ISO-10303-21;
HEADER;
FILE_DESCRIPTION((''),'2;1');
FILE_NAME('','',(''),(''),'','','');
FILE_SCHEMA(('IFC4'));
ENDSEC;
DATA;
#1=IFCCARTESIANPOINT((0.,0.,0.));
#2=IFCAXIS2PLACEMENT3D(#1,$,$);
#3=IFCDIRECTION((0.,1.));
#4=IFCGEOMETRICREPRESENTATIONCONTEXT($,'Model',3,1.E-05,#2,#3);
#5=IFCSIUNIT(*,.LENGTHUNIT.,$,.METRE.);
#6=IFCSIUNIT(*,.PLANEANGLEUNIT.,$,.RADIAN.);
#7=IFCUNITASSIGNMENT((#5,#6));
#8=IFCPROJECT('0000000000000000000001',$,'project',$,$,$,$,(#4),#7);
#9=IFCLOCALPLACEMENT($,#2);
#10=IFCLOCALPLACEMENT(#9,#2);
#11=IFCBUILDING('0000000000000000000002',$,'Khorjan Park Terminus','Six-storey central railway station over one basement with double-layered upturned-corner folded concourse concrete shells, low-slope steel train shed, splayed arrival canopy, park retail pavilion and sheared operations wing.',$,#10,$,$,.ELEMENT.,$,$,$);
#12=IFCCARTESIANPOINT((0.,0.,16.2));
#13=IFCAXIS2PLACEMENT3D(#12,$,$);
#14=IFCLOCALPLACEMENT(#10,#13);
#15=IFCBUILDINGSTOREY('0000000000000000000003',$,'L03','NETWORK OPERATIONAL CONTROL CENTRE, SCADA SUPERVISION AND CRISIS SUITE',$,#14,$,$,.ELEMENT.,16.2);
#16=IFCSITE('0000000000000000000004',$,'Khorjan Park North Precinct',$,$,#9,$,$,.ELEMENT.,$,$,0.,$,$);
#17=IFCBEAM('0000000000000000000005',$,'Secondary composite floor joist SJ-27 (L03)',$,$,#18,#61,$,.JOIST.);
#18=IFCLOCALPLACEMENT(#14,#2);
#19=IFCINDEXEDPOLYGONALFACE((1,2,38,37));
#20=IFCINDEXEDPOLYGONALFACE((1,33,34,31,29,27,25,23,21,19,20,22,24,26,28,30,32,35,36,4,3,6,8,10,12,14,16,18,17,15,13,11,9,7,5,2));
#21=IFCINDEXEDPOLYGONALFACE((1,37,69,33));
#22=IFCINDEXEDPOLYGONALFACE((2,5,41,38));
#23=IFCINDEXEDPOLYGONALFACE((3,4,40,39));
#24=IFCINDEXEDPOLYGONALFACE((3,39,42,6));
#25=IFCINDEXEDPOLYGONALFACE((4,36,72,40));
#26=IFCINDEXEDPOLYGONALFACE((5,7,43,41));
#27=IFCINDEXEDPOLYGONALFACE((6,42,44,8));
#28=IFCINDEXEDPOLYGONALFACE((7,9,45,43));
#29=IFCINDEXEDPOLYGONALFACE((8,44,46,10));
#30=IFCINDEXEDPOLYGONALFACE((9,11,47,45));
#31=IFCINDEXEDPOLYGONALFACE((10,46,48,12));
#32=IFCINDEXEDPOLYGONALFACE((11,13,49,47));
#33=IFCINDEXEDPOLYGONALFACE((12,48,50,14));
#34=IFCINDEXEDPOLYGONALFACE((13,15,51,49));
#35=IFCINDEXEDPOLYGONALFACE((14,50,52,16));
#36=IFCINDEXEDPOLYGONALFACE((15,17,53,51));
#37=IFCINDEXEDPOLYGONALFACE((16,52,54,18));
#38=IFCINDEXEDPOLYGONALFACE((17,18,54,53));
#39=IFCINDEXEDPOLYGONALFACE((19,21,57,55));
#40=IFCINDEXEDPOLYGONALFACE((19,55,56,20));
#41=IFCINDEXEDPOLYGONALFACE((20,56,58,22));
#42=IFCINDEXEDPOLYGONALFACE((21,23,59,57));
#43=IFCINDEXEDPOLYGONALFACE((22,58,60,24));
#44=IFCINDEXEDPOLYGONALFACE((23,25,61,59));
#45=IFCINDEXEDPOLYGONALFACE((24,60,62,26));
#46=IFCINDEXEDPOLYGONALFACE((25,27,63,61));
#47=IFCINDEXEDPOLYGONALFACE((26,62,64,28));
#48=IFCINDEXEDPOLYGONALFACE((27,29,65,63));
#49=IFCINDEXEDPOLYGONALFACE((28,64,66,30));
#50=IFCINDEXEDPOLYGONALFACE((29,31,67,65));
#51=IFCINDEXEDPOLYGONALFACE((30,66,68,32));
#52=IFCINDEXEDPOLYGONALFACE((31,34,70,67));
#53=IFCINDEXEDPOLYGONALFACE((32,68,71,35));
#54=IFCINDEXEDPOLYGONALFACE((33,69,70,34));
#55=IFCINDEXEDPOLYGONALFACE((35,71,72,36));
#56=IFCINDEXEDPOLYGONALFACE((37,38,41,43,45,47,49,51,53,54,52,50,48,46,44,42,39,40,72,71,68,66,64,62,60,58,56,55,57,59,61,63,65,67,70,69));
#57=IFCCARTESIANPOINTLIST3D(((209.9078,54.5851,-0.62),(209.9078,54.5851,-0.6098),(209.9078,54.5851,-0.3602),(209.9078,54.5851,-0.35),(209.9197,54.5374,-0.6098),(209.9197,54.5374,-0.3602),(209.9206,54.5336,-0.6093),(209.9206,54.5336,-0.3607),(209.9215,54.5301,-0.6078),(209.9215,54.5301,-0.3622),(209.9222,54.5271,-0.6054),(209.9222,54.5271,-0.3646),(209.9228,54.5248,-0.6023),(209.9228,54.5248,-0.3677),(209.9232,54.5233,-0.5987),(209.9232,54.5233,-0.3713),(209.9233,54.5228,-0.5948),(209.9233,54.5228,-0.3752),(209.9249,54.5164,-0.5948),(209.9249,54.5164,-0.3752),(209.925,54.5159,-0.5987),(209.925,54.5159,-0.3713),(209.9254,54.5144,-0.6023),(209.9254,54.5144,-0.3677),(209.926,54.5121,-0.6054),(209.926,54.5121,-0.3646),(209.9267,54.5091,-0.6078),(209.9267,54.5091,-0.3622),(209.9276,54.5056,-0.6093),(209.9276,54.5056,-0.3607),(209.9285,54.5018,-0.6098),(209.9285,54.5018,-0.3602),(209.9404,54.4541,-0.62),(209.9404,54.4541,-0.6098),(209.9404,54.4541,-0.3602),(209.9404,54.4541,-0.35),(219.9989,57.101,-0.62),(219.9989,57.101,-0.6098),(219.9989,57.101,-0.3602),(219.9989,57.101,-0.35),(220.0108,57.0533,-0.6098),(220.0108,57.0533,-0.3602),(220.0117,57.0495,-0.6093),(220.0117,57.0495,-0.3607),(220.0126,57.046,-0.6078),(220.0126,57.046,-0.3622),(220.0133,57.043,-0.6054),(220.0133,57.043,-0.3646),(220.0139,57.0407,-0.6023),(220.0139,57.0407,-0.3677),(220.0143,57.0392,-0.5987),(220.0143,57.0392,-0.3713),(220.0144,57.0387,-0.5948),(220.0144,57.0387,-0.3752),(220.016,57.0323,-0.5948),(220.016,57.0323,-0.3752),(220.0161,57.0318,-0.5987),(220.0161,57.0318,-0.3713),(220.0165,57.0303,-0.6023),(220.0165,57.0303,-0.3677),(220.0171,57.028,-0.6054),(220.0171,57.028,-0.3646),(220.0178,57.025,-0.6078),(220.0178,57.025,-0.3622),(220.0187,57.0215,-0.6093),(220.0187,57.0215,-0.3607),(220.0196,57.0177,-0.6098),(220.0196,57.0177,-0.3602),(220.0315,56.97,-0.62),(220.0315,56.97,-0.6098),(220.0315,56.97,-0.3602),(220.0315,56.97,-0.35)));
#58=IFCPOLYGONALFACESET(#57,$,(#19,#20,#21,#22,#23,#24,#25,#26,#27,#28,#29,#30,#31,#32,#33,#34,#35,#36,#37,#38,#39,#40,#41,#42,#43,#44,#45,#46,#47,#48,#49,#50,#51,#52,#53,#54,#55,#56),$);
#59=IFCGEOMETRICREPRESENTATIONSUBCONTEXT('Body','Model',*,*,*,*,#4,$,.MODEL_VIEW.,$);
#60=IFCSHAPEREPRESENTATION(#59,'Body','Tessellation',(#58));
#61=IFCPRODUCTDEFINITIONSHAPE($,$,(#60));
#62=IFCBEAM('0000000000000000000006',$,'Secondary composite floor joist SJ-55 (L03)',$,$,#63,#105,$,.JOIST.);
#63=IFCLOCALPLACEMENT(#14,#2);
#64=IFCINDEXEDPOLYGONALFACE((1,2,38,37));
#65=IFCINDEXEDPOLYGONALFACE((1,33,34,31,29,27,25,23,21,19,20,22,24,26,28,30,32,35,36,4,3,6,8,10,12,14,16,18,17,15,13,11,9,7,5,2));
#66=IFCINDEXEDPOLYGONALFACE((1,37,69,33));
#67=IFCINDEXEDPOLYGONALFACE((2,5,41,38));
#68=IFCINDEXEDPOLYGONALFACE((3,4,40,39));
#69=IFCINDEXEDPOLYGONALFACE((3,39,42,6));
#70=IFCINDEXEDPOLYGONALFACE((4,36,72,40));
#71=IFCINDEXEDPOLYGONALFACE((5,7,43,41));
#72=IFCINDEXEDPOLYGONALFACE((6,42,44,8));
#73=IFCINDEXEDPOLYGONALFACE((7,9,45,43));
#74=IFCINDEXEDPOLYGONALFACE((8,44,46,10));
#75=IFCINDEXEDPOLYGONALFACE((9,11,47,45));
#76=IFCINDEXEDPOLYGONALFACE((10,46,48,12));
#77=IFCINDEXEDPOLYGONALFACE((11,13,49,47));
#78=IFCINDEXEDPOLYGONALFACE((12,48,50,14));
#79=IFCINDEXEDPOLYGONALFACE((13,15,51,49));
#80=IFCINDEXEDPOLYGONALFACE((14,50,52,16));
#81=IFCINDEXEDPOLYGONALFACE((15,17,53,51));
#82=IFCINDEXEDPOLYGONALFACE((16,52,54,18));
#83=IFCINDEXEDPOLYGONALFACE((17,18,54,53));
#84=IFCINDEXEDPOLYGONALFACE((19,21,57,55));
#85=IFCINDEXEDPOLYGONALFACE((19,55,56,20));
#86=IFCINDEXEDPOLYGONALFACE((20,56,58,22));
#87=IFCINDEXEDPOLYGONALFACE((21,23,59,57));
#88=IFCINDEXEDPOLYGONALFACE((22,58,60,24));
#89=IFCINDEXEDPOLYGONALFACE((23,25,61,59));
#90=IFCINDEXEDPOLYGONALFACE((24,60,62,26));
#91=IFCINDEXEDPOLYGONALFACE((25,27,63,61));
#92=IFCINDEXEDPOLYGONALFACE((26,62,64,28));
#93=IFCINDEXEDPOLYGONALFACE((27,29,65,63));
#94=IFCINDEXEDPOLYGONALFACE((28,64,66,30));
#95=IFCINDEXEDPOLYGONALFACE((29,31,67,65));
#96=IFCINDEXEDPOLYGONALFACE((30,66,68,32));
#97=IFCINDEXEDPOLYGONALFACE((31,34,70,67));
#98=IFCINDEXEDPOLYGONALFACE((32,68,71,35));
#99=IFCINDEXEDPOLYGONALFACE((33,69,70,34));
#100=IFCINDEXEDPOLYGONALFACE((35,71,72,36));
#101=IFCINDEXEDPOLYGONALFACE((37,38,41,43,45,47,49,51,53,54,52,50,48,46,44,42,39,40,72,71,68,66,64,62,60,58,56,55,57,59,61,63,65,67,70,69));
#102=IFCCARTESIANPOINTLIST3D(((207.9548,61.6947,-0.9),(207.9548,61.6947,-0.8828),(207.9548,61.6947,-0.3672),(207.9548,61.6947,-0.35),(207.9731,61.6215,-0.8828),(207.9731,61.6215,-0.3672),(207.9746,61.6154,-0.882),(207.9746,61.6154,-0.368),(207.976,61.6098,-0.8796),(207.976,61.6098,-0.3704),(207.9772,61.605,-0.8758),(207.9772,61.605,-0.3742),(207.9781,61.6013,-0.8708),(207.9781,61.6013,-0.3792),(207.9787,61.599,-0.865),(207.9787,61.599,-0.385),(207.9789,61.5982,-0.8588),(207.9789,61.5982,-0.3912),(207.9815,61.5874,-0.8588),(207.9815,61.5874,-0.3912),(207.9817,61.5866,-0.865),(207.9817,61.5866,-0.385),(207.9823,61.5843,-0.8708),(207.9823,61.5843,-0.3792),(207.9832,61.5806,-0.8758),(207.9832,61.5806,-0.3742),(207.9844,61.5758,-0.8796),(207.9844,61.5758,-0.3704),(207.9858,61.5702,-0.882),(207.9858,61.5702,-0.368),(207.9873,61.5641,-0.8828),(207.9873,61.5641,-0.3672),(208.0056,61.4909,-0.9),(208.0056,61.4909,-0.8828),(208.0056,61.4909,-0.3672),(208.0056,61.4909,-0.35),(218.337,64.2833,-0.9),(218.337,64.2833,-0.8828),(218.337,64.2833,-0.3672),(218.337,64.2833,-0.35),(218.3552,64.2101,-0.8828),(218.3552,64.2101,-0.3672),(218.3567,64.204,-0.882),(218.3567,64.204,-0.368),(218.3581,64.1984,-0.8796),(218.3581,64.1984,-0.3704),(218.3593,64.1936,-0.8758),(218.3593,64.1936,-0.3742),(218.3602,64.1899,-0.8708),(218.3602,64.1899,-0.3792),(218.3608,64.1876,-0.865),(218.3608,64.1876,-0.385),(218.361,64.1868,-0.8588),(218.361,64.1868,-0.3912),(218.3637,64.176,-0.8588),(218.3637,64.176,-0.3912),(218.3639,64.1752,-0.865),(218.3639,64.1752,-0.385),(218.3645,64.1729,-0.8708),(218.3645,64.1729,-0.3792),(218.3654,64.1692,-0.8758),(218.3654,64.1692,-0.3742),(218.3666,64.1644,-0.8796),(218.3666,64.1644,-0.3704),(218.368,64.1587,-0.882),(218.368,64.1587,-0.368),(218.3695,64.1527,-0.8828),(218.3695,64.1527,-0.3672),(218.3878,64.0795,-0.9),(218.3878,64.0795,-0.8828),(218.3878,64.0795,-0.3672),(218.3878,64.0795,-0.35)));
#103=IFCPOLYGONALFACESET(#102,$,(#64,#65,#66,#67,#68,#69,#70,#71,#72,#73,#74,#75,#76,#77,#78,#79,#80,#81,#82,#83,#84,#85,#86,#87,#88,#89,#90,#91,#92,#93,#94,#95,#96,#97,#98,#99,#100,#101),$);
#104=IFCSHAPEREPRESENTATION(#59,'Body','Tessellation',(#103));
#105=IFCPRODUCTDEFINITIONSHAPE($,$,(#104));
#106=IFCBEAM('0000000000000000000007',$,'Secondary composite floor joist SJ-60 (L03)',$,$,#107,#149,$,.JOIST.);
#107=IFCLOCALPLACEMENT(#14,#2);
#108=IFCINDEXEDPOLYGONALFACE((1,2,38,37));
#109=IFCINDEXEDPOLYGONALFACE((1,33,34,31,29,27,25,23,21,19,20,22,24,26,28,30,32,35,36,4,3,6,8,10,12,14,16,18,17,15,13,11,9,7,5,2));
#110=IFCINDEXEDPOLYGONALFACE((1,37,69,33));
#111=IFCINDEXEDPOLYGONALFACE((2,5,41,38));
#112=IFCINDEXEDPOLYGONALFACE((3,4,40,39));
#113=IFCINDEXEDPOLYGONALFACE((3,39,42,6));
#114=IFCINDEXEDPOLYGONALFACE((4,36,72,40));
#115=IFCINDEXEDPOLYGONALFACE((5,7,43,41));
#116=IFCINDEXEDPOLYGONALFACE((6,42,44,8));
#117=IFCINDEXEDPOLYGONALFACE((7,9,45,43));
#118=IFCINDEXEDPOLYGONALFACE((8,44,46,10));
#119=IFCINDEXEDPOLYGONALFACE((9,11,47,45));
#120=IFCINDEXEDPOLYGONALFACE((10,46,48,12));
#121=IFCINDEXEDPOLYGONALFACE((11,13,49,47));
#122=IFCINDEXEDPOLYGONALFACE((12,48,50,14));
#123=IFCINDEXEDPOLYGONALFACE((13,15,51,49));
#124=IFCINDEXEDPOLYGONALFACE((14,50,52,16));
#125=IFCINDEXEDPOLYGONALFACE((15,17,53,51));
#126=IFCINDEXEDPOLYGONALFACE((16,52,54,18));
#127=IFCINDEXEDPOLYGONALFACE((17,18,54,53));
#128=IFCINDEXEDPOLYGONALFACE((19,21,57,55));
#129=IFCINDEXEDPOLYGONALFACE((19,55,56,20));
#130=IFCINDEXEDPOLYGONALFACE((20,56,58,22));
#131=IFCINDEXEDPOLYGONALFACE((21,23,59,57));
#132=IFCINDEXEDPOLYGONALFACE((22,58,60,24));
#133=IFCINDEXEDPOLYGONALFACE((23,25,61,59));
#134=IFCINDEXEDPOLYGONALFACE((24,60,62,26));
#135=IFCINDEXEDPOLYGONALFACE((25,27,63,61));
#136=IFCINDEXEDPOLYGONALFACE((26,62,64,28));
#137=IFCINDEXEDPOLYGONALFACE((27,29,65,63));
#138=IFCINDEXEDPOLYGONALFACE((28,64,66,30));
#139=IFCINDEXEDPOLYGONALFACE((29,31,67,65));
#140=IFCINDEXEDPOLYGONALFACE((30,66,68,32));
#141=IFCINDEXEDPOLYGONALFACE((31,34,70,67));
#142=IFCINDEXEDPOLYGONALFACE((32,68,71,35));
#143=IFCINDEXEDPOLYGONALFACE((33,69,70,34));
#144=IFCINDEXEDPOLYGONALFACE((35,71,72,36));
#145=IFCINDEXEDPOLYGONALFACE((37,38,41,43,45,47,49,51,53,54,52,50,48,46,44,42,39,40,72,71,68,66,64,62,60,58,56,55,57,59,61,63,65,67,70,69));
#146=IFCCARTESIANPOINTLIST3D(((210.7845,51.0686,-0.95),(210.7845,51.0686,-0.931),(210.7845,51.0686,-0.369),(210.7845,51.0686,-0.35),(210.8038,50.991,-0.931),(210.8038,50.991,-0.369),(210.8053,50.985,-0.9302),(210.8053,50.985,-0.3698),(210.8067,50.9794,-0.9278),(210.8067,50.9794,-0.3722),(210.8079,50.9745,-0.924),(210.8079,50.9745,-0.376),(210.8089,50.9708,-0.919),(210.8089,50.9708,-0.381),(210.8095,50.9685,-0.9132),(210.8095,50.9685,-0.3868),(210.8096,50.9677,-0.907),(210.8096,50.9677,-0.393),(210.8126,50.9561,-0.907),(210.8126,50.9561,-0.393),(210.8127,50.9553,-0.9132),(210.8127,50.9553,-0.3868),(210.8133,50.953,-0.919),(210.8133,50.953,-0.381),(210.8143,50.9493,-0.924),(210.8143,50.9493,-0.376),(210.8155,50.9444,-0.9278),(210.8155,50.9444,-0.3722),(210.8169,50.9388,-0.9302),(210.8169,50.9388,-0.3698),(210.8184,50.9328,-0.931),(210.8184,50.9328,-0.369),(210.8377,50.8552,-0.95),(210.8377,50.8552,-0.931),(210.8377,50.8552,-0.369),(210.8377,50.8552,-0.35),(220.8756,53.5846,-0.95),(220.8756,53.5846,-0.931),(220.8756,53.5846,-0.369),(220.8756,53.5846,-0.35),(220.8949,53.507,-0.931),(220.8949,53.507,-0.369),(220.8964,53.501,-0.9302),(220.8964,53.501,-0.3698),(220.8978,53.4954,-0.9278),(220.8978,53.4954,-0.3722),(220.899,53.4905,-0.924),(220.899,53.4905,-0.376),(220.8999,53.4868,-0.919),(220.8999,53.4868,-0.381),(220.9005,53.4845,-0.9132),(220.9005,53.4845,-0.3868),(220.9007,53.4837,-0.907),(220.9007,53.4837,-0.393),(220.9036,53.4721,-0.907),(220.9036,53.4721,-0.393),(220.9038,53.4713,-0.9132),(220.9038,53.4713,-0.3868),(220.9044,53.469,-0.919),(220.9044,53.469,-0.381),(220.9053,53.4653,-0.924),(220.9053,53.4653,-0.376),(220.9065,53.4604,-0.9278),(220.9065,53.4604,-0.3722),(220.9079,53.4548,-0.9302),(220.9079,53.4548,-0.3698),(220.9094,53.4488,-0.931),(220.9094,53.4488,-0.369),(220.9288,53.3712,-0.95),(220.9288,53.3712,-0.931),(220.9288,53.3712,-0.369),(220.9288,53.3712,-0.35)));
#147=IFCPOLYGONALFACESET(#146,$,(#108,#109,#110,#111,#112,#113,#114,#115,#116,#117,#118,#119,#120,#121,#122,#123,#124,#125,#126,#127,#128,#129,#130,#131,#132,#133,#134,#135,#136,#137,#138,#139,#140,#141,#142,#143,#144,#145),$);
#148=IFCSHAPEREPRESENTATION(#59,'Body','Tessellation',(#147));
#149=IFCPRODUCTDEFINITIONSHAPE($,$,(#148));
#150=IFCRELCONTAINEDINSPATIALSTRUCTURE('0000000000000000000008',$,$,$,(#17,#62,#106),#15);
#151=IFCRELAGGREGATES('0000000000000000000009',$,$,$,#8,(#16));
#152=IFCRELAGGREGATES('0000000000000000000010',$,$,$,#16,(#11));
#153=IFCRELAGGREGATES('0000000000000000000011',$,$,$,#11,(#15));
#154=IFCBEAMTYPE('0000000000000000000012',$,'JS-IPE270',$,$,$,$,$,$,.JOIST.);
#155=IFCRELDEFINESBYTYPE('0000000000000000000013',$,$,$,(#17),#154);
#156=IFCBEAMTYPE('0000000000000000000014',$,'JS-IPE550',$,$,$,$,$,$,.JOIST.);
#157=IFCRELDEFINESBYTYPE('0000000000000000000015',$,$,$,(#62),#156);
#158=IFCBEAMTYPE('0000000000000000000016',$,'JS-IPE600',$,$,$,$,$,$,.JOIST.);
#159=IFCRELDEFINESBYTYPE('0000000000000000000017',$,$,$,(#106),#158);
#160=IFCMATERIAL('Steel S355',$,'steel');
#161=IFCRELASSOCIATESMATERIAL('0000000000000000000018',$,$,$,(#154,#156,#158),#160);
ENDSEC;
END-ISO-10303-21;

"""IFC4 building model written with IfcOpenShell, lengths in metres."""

from ifc_helpers import new_model, si_unit, direction, frame, origin, origin_2d, place, context, subcontext, project, spatial, i_section, extrude, material, material_profile, profile_set, type_object, element, save


model = new_model("IFC4")

# Units and contexts
model_context = context("Model", 3, precision=1e-05, world=origin(), true_north=direction((0.0, 1.0)))
body_context = subcontext(model_context, "Body", "Model", "MODEL_VIEW")
ifc_project = project(units=[si_unit("LENGTHUNIT", "METRE"), si_unit("PLANEANGLEUNIT", "RADIAN")], contexts=[model_context])

# Site, building, storey
site_placement = place(None, origin())
site = spatial("IfcSite", under=ifc_project, at=site_placement, Name="Khorjan Park North Precinct", CompositionType="ELEMENT", RefElevation=0.0)
building_placement = place(site_placement, origin())
building = spatial("IfcBuilding", under=site, at=building_placement, Name="Khorjan Park Terminus", Description="Six-storey central railway station over one basement with double-layered upturned-corner folded concourse concrete shells, low-slope steel train shed, splayed arrival canopy, park retail pavilion and sheared operations wing.", CompositionType="ELEMENT")
storey_placement = place(building_placement, frame((0.0, 0.0, 16.2)))
storey = spatial("IfcBuildingStorey", under=building, at=storey_placement, Name="L03", Description="NETWORK OPERATIONAL CONTROL CENTRE, SCADA SUPERVISION AND CRISIS SUITE", CompositionType="ELEMENT", Elevation=16.2)

# Beams
ifc_material_1 = material(Name="Steel S355", Category="steel")
ifc_material_profile_1 = material_profile(ifc_material_1, i_section(OverallWidth=0.135, OverallDepth=0.27, WebThickness=0.0066, FlangeThickness=0.0102, FilletRadius=0.015, at=origin_2d()), Name="IPE 270")
ifc_profile_set_1 = profile_set([ifc_material_profile_1], Name="Steel S355")
beam_type_1 = type_object("IfcBeamType", Name="JS-IPE270", PredefinedType="JOIST", material=ifc_profile_set_1)
beam_1_placement = place(storey_placement, frame((209.9241, 54.5196, -0.485), z_axis=(0.970298, 0.241913, 0.0), x_axis=(-0.241913, 0.970298, 0.0)))
element("IfcBeam", 1, at=beam_1_placement, inside=storey, type_object=beam_type_1, Name="Secondary composite floor joist SJ-27 (L03)", PredefinedType="JOIST", context=body_context, shape_type="SweptSolid", body=[
    extrude(i_section(OverallWidth=0.135, OverallDepth=0.27, WebThickness=0.0066, FlangeThickness=0.0102, FilletRadius=0.015, at=origin_2d()), origin(), (0.0, 0.0, 1.0), 10.4),
])
ifc_material_profile_2 = material_profile(ifc_material_1, i_section(OverallWidth=0.21, OverallDepth=0.55, WebThickness=0.0111, FlangeThickness=0.0172, FilletRadius=0.024, at=origin_2d()), Name="IPE 550")
ifc_profile_set_2 = profile_set([ifc_material_profile_2], Name="Steel S355")
beam_type_2 = type_object("IfcBeamType", Name="JS-IPE550", PredefinedType="JOIST", material=ifc_profile_set_2)
beam_2_placement = place(storey_placement, frame((207.9802, 61.5928, -0.625), z_axis=(0.970295, 0.241924, 0.0), x_axis=(-0.241924, 0.970295, 0.0)))
element("IfcBeam", 2, at=beam_2_placement, inside=storey, type_object=beam_type_2, Name="Secondary composite floor joist SJ-55 (L03)", PredefinedType="JOIST", context=body_context, shape_type="SweptSolid", body=[
    extrude(i_section(OverallWidth=0.21, OverallDepth=0.55, WebThickness=0.0111, FlangeThickness=0.0172, FilletRadius=0.024, at=origin_2d()), origin(), (0.0, 0.0, 1.0), 10.7),
])
ifc_material_profile_3 = material_profile(ifc_material_1, i_section(OverallWidth=0.22, OverallDepth=0.6, WebThickness=0.012, FlangeThickness=0.019, FilletRadius=0.024, at=origin_2d()), Name="IPE 600")
ifc_profile_set_3 = profile_set([ifc_material_profile_3], Name="Steel S355")
beam_type_3 = type_object("IfcBeamType", Name="JS-IPE600", PredefinedType="JOIST", material=ifc_profile_set_3)
beam_3_placement = place(storey_placement, frame((210.8111, 50.9619, -0.65), z_axis=(0.970296, 0.241922, 0.0), x_axis=(-0.241922, 0.970296, 0.0)))
element("IfcBeam", 3, at=beam_3_placement, inside=storey, type_object=beam_type_3, Name="Secondary composite floor joist SJ-60 (L03)", PredefinedType="JOIST", context=body_context, shape_type="SweptSolid", body=[
    extrude(i_section(OverallWidth=0.22, OverallDepth=0.6, WebThickness=0.012, FlangeThickness=0.019, FilletRadius=0.024, at=origin_2d()), origin(), (0.0, 0.0, 1.0), 10.4),
])

save(model, "model.ifc")
